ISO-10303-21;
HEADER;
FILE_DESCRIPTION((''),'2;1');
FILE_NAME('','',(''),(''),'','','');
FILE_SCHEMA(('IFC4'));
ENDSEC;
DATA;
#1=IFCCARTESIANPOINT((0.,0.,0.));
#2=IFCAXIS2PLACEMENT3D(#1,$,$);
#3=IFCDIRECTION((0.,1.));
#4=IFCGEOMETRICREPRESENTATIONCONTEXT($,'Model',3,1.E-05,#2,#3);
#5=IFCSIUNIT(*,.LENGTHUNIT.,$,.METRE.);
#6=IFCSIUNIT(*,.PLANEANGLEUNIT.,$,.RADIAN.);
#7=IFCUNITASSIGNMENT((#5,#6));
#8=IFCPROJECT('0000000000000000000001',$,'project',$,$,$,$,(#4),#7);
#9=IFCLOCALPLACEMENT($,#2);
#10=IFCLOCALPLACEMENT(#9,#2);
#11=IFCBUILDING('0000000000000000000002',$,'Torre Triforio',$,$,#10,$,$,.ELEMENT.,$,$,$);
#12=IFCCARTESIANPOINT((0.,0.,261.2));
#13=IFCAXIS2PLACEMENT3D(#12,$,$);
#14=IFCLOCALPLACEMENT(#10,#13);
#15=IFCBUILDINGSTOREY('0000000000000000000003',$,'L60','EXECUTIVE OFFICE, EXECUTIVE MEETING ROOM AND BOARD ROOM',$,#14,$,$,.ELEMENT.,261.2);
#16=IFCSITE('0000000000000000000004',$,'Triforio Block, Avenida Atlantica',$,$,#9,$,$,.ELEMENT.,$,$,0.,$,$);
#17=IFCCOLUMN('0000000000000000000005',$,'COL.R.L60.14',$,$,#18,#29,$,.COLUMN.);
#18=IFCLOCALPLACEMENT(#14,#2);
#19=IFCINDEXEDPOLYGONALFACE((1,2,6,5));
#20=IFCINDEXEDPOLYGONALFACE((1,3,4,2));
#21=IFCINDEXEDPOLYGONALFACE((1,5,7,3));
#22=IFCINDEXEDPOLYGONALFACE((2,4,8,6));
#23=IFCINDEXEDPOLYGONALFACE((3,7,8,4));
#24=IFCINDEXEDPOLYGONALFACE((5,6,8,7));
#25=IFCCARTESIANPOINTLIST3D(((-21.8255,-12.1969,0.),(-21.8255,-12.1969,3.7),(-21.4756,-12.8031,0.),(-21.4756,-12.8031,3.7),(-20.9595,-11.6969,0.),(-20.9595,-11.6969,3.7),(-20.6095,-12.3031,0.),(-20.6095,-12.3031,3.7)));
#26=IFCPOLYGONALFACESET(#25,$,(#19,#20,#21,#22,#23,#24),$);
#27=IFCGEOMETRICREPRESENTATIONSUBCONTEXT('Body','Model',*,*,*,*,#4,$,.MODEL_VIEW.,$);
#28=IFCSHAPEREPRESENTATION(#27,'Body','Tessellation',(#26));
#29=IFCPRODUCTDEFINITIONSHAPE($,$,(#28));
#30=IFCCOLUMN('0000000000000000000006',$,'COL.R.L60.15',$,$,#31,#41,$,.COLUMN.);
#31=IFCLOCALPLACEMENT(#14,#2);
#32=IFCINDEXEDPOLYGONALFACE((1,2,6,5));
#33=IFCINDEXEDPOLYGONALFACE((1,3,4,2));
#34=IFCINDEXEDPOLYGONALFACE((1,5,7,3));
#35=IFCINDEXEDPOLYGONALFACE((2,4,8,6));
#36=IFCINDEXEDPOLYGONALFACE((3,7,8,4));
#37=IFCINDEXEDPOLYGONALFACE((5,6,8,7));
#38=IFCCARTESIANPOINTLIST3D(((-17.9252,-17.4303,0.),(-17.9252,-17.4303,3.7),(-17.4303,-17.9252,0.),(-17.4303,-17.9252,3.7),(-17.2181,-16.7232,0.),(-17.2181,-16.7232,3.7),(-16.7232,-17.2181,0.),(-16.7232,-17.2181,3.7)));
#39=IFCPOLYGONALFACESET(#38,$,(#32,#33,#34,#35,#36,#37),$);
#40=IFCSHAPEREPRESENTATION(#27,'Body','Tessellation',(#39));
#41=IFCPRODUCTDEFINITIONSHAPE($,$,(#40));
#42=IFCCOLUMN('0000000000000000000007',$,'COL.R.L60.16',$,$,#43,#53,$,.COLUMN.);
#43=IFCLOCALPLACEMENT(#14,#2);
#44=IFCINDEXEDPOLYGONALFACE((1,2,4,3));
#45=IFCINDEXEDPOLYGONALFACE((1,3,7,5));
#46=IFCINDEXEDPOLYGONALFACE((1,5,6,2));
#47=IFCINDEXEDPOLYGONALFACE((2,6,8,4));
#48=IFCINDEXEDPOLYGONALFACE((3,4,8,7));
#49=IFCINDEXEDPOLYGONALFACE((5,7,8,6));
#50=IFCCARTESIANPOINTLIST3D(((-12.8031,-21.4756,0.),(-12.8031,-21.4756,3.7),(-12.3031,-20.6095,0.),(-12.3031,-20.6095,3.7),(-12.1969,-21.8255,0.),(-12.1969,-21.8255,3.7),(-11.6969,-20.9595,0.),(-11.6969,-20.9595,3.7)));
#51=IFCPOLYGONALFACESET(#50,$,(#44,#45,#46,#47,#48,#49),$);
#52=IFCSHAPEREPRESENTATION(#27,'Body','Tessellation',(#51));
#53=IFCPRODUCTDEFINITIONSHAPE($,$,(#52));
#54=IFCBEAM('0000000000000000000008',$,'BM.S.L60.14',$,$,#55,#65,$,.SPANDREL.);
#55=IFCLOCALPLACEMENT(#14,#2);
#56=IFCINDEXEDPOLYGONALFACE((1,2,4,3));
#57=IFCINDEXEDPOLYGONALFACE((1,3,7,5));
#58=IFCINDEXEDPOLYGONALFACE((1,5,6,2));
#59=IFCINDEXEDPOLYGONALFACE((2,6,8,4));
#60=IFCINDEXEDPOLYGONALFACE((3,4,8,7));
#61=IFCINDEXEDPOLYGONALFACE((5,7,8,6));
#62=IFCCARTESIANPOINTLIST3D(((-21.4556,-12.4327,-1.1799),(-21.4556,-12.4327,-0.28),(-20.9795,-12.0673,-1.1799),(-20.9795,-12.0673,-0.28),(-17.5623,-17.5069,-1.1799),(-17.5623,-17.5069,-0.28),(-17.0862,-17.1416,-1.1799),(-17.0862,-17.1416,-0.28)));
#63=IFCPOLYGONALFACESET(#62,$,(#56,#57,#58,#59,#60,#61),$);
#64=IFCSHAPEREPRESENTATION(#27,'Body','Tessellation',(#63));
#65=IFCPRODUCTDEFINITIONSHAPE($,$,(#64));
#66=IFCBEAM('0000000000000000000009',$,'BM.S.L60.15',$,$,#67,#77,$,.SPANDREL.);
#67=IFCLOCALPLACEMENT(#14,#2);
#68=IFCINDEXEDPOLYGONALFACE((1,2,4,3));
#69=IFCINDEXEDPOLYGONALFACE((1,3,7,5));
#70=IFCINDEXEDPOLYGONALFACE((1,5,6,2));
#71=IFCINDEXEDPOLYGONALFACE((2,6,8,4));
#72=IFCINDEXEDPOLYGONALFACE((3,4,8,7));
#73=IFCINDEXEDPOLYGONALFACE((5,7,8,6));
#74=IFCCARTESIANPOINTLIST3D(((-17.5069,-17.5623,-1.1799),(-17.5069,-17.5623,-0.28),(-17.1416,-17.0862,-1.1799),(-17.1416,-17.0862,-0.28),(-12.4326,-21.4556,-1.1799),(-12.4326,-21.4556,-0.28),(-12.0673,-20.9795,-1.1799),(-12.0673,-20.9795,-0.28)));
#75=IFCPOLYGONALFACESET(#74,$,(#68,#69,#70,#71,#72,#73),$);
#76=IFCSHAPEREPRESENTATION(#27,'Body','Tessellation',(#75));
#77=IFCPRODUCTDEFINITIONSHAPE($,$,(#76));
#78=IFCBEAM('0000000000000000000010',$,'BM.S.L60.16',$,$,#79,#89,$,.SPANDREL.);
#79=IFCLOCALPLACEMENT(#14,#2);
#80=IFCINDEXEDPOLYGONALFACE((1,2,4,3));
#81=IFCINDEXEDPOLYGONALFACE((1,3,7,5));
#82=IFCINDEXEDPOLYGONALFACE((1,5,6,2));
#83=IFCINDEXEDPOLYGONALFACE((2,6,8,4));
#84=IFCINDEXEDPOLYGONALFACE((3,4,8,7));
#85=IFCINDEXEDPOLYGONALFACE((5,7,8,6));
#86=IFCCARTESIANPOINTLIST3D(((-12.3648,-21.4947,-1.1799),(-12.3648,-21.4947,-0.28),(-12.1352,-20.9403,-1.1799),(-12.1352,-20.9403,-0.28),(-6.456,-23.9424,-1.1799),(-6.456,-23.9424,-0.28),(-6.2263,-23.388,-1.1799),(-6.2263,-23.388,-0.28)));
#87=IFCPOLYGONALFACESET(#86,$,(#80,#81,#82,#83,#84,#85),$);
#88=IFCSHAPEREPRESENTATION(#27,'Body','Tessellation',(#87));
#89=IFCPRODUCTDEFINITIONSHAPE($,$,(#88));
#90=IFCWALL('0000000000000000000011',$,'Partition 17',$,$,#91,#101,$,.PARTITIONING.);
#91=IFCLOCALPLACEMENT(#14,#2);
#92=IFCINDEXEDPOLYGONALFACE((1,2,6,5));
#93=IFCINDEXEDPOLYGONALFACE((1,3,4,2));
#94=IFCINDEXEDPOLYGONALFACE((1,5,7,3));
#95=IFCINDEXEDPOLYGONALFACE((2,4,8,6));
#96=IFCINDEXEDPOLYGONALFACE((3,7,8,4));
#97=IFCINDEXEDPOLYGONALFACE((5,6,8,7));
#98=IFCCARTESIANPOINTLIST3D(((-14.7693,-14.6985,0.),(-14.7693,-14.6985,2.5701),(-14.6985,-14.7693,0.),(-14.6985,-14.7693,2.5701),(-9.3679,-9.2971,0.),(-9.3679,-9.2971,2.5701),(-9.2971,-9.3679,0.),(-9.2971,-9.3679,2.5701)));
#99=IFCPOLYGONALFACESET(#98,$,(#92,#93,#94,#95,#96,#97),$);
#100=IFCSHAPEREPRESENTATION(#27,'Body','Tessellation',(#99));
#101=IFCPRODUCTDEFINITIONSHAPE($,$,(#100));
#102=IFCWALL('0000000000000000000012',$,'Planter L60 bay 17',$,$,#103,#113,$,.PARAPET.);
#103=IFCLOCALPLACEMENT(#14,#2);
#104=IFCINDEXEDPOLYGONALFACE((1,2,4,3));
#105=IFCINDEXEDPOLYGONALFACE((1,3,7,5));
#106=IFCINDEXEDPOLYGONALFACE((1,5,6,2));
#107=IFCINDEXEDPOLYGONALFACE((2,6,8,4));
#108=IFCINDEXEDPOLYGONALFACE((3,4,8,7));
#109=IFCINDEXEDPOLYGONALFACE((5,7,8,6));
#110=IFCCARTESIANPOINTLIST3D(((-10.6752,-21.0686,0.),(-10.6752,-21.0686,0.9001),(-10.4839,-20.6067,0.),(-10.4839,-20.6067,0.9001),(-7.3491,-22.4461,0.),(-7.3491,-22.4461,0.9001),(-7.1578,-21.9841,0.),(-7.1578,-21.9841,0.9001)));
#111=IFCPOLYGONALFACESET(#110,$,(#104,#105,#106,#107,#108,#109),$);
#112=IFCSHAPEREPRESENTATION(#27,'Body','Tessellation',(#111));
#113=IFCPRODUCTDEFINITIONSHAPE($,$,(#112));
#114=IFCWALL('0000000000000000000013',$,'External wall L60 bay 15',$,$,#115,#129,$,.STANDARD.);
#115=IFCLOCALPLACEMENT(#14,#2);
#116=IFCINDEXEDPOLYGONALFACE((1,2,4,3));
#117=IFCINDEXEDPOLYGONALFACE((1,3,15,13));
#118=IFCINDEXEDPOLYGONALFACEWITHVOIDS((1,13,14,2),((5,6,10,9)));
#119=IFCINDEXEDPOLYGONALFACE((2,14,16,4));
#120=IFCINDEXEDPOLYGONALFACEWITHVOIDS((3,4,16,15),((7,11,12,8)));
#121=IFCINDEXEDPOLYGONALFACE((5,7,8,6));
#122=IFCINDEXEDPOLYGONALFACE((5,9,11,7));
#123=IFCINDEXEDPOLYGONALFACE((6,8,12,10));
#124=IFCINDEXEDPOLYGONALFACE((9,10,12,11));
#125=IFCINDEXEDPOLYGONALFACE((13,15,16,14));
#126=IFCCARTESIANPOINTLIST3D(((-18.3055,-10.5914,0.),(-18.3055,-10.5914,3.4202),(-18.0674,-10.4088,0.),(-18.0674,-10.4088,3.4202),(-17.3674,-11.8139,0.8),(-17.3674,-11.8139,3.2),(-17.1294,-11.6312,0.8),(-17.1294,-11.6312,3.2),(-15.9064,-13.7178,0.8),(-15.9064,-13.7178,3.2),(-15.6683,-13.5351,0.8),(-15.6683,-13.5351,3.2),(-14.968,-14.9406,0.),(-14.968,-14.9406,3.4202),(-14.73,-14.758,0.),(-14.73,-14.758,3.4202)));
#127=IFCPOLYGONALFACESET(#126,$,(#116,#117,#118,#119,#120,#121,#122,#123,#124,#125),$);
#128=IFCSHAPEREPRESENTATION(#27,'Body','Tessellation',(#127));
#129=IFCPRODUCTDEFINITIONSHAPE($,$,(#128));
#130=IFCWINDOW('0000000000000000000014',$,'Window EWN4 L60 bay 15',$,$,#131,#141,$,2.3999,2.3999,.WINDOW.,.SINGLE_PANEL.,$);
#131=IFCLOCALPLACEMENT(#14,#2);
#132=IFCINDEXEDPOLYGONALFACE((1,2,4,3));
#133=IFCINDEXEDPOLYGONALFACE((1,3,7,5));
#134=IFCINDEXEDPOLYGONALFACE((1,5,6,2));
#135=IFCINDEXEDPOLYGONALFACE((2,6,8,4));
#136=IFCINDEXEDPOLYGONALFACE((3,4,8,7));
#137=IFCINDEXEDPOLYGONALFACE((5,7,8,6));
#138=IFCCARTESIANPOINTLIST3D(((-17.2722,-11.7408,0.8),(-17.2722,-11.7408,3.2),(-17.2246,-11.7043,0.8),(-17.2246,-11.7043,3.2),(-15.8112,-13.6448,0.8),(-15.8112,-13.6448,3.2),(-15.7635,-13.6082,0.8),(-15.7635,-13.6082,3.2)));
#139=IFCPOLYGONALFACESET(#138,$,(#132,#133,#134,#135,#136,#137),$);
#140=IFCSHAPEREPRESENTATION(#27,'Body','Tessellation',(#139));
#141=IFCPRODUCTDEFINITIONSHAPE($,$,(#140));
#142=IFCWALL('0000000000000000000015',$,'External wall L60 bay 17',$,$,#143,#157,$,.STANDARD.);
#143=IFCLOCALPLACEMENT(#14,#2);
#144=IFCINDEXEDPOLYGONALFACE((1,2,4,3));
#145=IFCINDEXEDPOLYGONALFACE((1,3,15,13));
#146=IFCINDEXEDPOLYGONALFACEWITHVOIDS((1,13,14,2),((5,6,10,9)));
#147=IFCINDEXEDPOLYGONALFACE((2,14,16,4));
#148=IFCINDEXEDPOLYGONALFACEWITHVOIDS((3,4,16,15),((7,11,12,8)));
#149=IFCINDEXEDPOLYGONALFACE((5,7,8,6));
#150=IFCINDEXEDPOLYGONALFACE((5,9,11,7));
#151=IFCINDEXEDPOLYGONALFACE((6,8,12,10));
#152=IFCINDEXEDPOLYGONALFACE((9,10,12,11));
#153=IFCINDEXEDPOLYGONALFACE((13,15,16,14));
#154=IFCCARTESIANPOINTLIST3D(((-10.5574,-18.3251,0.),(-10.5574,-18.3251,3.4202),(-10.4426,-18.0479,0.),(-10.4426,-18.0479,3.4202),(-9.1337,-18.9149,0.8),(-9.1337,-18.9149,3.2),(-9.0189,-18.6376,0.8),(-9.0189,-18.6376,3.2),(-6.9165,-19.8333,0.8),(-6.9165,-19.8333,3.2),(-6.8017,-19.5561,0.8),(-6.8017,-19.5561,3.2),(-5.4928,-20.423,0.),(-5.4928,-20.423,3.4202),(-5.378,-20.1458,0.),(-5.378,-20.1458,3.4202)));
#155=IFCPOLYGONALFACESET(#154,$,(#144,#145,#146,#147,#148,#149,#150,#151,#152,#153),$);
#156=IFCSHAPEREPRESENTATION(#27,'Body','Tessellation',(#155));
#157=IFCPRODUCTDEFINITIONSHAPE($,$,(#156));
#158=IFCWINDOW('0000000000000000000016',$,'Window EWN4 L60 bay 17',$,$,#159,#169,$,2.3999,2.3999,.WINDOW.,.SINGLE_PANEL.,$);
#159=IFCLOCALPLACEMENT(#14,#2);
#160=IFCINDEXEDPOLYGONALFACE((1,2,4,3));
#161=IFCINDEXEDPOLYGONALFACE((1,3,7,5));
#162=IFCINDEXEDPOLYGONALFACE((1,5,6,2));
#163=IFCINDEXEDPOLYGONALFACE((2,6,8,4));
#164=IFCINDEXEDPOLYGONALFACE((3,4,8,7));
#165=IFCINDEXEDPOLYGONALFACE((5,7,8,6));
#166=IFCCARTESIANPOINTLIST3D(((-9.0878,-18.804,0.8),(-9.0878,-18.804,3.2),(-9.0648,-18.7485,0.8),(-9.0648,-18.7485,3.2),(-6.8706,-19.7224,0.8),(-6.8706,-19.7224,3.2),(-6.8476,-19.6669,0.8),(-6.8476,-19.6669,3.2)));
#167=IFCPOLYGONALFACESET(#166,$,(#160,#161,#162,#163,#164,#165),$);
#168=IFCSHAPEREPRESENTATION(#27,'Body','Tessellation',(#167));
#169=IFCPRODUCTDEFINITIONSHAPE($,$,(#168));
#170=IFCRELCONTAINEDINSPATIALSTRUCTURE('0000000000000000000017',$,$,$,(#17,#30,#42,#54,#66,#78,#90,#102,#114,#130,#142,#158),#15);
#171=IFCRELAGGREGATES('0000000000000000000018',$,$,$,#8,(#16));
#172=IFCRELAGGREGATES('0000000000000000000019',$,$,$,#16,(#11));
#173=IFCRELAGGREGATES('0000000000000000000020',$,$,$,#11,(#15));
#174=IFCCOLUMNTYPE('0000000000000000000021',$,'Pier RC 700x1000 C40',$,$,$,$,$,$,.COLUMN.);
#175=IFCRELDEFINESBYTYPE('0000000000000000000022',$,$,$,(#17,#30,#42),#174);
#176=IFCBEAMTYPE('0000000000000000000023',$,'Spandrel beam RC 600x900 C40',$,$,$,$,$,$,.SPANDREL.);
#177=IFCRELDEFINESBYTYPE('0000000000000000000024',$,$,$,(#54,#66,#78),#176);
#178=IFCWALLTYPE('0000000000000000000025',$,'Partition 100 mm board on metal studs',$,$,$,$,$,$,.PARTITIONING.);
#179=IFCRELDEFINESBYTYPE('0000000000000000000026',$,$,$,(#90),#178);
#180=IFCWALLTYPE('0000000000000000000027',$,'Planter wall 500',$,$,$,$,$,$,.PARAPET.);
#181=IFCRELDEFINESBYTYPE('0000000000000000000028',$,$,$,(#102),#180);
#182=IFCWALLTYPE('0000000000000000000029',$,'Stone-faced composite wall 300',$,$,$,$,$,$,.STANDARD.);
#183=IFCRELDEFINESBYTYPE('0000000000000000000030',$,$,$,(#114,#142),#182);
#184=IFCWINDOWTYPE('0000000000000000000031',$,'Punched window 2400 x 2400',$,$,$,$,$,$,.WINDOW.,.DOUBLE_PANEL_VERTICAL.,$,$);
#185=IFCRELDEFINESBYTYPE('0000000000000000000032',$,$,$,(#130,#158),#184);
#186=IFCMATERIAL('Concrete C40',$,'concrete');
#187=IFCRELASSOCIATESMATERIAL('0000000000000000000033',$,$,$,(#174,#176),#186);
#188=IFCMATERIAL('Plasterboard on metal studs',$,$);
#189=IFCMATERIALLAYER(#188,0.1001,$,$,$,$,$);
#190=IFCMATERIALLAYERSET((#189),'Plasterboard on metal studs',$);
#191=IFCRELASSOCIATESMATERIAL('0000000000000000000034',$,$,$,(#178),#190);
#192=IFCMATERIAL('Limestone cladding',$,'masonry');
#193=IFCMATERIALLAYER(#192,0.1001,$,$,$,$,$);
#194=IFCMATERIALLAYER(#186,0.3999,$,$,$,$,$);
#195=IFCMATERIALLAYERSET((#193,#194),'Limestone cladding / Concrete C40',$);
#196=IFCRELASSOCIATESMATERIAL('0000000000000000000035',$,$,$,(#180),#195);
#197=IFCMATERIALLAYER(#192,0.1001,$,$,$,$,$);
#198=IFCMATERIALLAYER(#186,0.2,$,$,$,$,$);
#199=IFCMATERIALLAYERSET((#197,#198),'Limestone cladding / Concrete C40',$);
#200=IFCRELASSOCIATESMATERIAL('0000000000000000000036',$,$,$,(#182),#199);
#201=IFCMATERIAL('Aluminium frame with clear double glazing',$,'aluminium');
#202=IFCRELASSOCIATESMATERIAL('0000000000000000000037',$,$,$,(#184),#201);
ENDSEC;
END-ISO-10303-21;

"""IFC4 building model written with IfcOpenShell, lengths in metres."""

from ifc_helpers import new_model, si_unit, direction, frame, frame_2d, origin, origin_2d, place, context, subcontext, project, spatial, rectangle, extrude, material, layer, layer_set, material_profile, profile_set, type_object, element, fill, save


model = new_model("IFC4")

# Units and contexts
model_context = context("Model", 3, precision=1e-05, world=origin(), true_north=direction((0.0, 1.0)))
body_context = subcontext(model_context, "Body", "Model", "MODEL_VIEW")
ifc_project = project(units=[si_unit("LENGTHUNIT", "METRE"), si_unit("PLANEANGLEUNIT", "RADIAN")], contexts=[model_context])

# Site, building, storey
site_placement = place(None, origin())
site = spatial("IfcSite", under=ifc_project, at=site_placement, Name="Triforio Block, Avenida Atlantica", CompositionType="ELEMENT", RefElevation=0.0)
building_placement = place(site_placement, origin())
building = spatial("IfcBuilding", under=site, at=building_placement, Name="Torre Triforio", CompositionType="ELEMENT")
storey_placement = place(building_placement, frame((0.0, 0.0, 261.2)))
storey = spatial("IfcBuildingStorey", under=building, at=storey_placement, Name="L60", Description="EXECUTIVE OFFICE, EXECUTIVE MEETING ROOM AND BOARD ROOM", CompositionType="ELEMENT", Elevation=261.2)

# Columns
ifc_material_1 = material(Name="Concrete C40", Category="concrete")
ifc_material_profile_1 = material_profile(ifc_material_1, rectangle(XDim=0.7, YDim=1.0, at=origin_2d()), Name="RC 700x1000")
ifc_profile_set_1 = profile_set([ifc_material_profile_1], Name="Concrete C40")
column_type = type_object("IfcColumnType", Name="Pier RC 700x1000 C40", PredefinedType="COLUMN", material=ifc_profile_set_1)
for number, where, z_axis, x_axis, name in (
    (1, (-21.2175, -12.25, 0.0), (0.0, 0.0, 1.0), (0.5, -0.866025, 0.0), "COL.R.L60.14"),
    (2, (-17.3242, -17.3242, 0.0), (0.0, 0.0, 1.0), (0.707107, -0.707107, 0.0), "COL.R.L60.15"),
    (3, (-12.25, -21.2175, 0.0), (0.0, 0.0, 1.0), (0.866025, -0.5, 0.0), "COL.R.L60.16"),
):
    element("IfcColumn", number, at=place(storey_placement, frame(where, z_axis=z_axis, x_axis=x_axis)), inside=storey, type_object=column_type, Name=name, PredefinedType="COLUMN", context=body_context, shape_type="SweptSolid", body=[
        extrude(rectangle(XDim=0.7, YDim=1.0, at=origin_2d()), origin(), (0.0, 0.0, 1.0), 3.7),
    ])

# Beams
ifc_material_profile_2 = material_profile(ifc_material_1, rectangle(XDim=0.6001, YDim=0.8999, at=origin_2d()), Name="RC 600x900")
ifc_profile_set_2 = profile_set([ifc_material_profile_2], Name="Concrete C40")
beam_type = type_object("IfcBeamType", Name="Spandrel beam RC 600x900 C40", PredefinedType="SPANDREL", material=ifc_profile_set_2)
for number, where, z_axis, x_axis, name in (
    (4, (-21.2175, -12.25, -0.73), (0.608734, -0.793374, 0.0), (0.793374, 0.608734, 0.0), "BM.S.L60.14"),
    (5, (-17.3242, -17.3242, -0.73), (0.793374, -0.608734, 0.0), (0.608734, 0.793374, 0.0), "BM.S.L60.15"),
    (6, (-12.25, -21.2175, -0.73), (0.923869, -0.382709, 0.0), (0.382709, 0.923869, 0.0), "BM.S.L60.16"),
):
    element("IfcBeam", number, at=place(storey_placement, frame(where, z_axis=z_axis, x_axis=x_axis)), inside=storey, type_object=beam_type, Name=name, PredefinedType="SPANDREL", context=body_context, shape_type="SweptSolid", body=[
        extrude(rectangle(XDim=0.6001, YDim=0.8999, at=origin_2d()), origin(), (0.0, 0.0, 1.0), 6.3958),
    ])

# Walls
ifc_material_2 = material(Name="Plasterboard on metal studs")
ifc_layer_1 = layer(ifc_material_2, 0.1001)
ifc_layer_set_1 = layer_set([ifc_layer_1], Name="Plasterboard on metal studs")
wall_type_1 = type_object("IfcWallType", Name="Partition 100 mm board on metal studs", PredefinedType="PARTITIONING", material=ifc_layer_set_1)
wall_1_placement = place(storey_placement, frame((-9.3325, -9.3325, 0.0), z_axis=(0.0, 0.0, 1.0), x_axis=(-0.707107, -0.707107, 0.0)))
element("IfcWall", 7, at=wall_1_placement, inside=storey, type_object=wall_type_1, Name="Partition 17", PredefinedType="PARTITIONING", context=body_context, shape_type="SweptSolid", body=[
    extrude(rectangle(XDim=7.6387, YDim=0.1001, at=frame_2d((3.8193, 0.0))), origin(), (0.0, 0.0, 1.0), 2.5701),
])
ifc_material_3 = material(Name="Limestone cladding", Category="masonry")
ifc_layer_2 = layer(ifc_material_3, 0.1001)
ifc_layer_3 = layer(ifc_material_1, 0.3999)
ifc_layer_set_2 = layer_set([ifc_layer_2, ifc_layer_3], Name="Limestone cladding / Concrete C40")
wall_type_2 = type_object("IfcWallType", Name="Planter wall 500", PredefinedType="PARAPET", material=ifc_layer_set_2)
wall_2_placement = place(storey_placement, frame((-10.5796, -20.8376, 0.0), z_axis=(0.0, 0.0, 1.0), x_axis=(0.923909, -0.382611, 0.0)))
element("IfcWall", 8, at=wall_2_placement, inside=storey, type_object=wall_type_2, Name="Planter L60 bay 17", PredefinedType="PARAPET", context=body_context, shape_type="SweptSolid", body=[
    extrude(rectangle(XDim=3.6001, YDim=0.5, at=frame_2d((1.8, 0.0))), origin(), (0.0, 0.0, 1.0), 0.9001),
])

# Wall, opening, window
ifc_layer_4 = layer(ifc_material_3, 0.1001)
ifc_layer_5 = layer(ifc_material_1, 0.2)
ifc_layer_set_3 = layer_set([ifc_layer_4, ifc_layer_5], Name="Limestone cladding / Concrete C40")
wall_type_3 = type_object("IfcWallType", Name="Stone-faced composite wall 300", PredefinedType="STANDARD", material=ifc_layer_set_3)
wall_3_placement = place(storey_placement, frame((-18.1865, -10.5, 0.0), z_axis=(0.0, 0.0, 1.0), x_axis=(0.608785, -0.793335, 0.0)))
wall_3 = element("IfcWall", 9, at=wall_3_placement, inside=storey, type_object=wall_type_3, Name="External wall L60 bay 15", PredefinedType="STANDARD", context=body_context, shape_type="SweptSolid", body=[
    extrude(rectangle(XDim=5.4822, YDim=0.3, at=frame_2d((2.7412, 0.0))), origin(), (0.0, 0.0, 1.0), 3.4202),
])
opening_1_placement = place(wall_3_placement, frame((1.541, 0.0, 0.8)))
opening_1 = element("IfcOpeningElement", 10, at=opening_1_placement, cuts=wall_3, PredefinedType="OPENING", context=body_context, shape_type="SweptSolid", body=[
    extrude(rectangle(XDim=2.3999, YDim=2.3999, at=frame_2d((1.2, 1.2))), frame((0.0, 0.1599, 0.0), z_axis=(0.0, -1.0, 0.0), x_axis=(1.0, 0.0, 0.0)), (0.0, 0.0, 1.0), 0.3201),
])
ifc_material_4 = material(Name="Aluminium frame with clear double glazing", Category="aluminium")
window_type_1 = type_object("IfcWindowType", Name="Punched window 2400 x 2400", PartitioningType="DOUBLE_PANEL_VERTICAL", PredefinedType="WINDOW", material=ifc_material_4)
window_1_placement = place(opening_1_placement, origin())
window_1 = element("IfcWindow", 11, at=window_1_placement, inside=storey, type_object=window_type_1, Name="Window EWN4 L60 bay 15", OverallHeight=2.3999, OverallWidth=2.3999, PartitioningType="SINGLE_PANEL", PredefinedType="WINDOW", context=body_context, shape_type="SweptSolid", body=[
    extrude(rectangle(XDim=2.3999, YDim=2.3999, at=frame_2d((1.2, 1.2))), frame((0.0, 0.03, 0.0), z_axis=(0.0, -1.0, 0.0), x_axis=(1.0, 0.0, 0.0)), (0.0, 0.0, 1.0), 0.0601),
])
fill(opening_1, window_1)

# Wall, opening, window
wall_4_placement = place(storey_placement, frame((-10.5, -18.1865, 0.0), z_axis=(0.0, 0.0, 1.0), x_axis=(0.923877, -0.382689, 0.0)))
wall_4 = element("IfcWall", 12, at=wall_4_placement, inside=storey, type_object=wall_type_3, Name="External wall L60 bay 17", PredefinedType="STANDARD", context=body_context, shape_type="SweptSolid", body=[
    extrude(rectangle(XDim=5.4819, YDim=0.3, at=frame_2d((2.741, 0.0))), origin(), (0.0, 0.0, 1.0), 3.4202),
])
opening_2_placement = place(wall_4_placement, frame((1.541, 0.0, 0.8)))
opening_2 = element("IfcOpeningElement", 13, at=opening_2_placement, cuts=wall_4, PredefinedType="OPENING", context=body_context, shape_type="SweptSolid", body=[
    extrude(rectangle(XDim=2.3999, YDim=2.3999, at=frame_2d((1.2, 1.2))), frame((0.0, 0.1599, 0.0), z_axis=(0.0, -1.0, 0.0), x_axis=(1.0, 0.0, 0.0)), (0.0, 0.0, 1.0), 0.3201),
])
window_2_placement = place(opening_2_placement, origin())
window_2 = element("IfcWindow", 14, at=window_2_placement, inside=storey, type_object=window_type_1, Name="Window EWN4 L60 bay 17", OverallHeight=2.3999, OverallWidth=2.3999, PartitioningType="SINGLE_PANEL", PredefinedType="WINDOW", context=body_context, shape_type="SweptSolid", body=[
    extrude(rectangle(XDim=2.3999, YDim=2.3999, at=frame_2d((1.2, 1.2))), frame((0.0, 0.03, 0.0), z_axis=(0.0, -1.0, 0.0), x_axis=(1.0, 0.0, 0.0)), (0.0, 0.0, 1.0), 0.0601),
])
fill(opening_2, window_2)

save(model, "model.ifc")
